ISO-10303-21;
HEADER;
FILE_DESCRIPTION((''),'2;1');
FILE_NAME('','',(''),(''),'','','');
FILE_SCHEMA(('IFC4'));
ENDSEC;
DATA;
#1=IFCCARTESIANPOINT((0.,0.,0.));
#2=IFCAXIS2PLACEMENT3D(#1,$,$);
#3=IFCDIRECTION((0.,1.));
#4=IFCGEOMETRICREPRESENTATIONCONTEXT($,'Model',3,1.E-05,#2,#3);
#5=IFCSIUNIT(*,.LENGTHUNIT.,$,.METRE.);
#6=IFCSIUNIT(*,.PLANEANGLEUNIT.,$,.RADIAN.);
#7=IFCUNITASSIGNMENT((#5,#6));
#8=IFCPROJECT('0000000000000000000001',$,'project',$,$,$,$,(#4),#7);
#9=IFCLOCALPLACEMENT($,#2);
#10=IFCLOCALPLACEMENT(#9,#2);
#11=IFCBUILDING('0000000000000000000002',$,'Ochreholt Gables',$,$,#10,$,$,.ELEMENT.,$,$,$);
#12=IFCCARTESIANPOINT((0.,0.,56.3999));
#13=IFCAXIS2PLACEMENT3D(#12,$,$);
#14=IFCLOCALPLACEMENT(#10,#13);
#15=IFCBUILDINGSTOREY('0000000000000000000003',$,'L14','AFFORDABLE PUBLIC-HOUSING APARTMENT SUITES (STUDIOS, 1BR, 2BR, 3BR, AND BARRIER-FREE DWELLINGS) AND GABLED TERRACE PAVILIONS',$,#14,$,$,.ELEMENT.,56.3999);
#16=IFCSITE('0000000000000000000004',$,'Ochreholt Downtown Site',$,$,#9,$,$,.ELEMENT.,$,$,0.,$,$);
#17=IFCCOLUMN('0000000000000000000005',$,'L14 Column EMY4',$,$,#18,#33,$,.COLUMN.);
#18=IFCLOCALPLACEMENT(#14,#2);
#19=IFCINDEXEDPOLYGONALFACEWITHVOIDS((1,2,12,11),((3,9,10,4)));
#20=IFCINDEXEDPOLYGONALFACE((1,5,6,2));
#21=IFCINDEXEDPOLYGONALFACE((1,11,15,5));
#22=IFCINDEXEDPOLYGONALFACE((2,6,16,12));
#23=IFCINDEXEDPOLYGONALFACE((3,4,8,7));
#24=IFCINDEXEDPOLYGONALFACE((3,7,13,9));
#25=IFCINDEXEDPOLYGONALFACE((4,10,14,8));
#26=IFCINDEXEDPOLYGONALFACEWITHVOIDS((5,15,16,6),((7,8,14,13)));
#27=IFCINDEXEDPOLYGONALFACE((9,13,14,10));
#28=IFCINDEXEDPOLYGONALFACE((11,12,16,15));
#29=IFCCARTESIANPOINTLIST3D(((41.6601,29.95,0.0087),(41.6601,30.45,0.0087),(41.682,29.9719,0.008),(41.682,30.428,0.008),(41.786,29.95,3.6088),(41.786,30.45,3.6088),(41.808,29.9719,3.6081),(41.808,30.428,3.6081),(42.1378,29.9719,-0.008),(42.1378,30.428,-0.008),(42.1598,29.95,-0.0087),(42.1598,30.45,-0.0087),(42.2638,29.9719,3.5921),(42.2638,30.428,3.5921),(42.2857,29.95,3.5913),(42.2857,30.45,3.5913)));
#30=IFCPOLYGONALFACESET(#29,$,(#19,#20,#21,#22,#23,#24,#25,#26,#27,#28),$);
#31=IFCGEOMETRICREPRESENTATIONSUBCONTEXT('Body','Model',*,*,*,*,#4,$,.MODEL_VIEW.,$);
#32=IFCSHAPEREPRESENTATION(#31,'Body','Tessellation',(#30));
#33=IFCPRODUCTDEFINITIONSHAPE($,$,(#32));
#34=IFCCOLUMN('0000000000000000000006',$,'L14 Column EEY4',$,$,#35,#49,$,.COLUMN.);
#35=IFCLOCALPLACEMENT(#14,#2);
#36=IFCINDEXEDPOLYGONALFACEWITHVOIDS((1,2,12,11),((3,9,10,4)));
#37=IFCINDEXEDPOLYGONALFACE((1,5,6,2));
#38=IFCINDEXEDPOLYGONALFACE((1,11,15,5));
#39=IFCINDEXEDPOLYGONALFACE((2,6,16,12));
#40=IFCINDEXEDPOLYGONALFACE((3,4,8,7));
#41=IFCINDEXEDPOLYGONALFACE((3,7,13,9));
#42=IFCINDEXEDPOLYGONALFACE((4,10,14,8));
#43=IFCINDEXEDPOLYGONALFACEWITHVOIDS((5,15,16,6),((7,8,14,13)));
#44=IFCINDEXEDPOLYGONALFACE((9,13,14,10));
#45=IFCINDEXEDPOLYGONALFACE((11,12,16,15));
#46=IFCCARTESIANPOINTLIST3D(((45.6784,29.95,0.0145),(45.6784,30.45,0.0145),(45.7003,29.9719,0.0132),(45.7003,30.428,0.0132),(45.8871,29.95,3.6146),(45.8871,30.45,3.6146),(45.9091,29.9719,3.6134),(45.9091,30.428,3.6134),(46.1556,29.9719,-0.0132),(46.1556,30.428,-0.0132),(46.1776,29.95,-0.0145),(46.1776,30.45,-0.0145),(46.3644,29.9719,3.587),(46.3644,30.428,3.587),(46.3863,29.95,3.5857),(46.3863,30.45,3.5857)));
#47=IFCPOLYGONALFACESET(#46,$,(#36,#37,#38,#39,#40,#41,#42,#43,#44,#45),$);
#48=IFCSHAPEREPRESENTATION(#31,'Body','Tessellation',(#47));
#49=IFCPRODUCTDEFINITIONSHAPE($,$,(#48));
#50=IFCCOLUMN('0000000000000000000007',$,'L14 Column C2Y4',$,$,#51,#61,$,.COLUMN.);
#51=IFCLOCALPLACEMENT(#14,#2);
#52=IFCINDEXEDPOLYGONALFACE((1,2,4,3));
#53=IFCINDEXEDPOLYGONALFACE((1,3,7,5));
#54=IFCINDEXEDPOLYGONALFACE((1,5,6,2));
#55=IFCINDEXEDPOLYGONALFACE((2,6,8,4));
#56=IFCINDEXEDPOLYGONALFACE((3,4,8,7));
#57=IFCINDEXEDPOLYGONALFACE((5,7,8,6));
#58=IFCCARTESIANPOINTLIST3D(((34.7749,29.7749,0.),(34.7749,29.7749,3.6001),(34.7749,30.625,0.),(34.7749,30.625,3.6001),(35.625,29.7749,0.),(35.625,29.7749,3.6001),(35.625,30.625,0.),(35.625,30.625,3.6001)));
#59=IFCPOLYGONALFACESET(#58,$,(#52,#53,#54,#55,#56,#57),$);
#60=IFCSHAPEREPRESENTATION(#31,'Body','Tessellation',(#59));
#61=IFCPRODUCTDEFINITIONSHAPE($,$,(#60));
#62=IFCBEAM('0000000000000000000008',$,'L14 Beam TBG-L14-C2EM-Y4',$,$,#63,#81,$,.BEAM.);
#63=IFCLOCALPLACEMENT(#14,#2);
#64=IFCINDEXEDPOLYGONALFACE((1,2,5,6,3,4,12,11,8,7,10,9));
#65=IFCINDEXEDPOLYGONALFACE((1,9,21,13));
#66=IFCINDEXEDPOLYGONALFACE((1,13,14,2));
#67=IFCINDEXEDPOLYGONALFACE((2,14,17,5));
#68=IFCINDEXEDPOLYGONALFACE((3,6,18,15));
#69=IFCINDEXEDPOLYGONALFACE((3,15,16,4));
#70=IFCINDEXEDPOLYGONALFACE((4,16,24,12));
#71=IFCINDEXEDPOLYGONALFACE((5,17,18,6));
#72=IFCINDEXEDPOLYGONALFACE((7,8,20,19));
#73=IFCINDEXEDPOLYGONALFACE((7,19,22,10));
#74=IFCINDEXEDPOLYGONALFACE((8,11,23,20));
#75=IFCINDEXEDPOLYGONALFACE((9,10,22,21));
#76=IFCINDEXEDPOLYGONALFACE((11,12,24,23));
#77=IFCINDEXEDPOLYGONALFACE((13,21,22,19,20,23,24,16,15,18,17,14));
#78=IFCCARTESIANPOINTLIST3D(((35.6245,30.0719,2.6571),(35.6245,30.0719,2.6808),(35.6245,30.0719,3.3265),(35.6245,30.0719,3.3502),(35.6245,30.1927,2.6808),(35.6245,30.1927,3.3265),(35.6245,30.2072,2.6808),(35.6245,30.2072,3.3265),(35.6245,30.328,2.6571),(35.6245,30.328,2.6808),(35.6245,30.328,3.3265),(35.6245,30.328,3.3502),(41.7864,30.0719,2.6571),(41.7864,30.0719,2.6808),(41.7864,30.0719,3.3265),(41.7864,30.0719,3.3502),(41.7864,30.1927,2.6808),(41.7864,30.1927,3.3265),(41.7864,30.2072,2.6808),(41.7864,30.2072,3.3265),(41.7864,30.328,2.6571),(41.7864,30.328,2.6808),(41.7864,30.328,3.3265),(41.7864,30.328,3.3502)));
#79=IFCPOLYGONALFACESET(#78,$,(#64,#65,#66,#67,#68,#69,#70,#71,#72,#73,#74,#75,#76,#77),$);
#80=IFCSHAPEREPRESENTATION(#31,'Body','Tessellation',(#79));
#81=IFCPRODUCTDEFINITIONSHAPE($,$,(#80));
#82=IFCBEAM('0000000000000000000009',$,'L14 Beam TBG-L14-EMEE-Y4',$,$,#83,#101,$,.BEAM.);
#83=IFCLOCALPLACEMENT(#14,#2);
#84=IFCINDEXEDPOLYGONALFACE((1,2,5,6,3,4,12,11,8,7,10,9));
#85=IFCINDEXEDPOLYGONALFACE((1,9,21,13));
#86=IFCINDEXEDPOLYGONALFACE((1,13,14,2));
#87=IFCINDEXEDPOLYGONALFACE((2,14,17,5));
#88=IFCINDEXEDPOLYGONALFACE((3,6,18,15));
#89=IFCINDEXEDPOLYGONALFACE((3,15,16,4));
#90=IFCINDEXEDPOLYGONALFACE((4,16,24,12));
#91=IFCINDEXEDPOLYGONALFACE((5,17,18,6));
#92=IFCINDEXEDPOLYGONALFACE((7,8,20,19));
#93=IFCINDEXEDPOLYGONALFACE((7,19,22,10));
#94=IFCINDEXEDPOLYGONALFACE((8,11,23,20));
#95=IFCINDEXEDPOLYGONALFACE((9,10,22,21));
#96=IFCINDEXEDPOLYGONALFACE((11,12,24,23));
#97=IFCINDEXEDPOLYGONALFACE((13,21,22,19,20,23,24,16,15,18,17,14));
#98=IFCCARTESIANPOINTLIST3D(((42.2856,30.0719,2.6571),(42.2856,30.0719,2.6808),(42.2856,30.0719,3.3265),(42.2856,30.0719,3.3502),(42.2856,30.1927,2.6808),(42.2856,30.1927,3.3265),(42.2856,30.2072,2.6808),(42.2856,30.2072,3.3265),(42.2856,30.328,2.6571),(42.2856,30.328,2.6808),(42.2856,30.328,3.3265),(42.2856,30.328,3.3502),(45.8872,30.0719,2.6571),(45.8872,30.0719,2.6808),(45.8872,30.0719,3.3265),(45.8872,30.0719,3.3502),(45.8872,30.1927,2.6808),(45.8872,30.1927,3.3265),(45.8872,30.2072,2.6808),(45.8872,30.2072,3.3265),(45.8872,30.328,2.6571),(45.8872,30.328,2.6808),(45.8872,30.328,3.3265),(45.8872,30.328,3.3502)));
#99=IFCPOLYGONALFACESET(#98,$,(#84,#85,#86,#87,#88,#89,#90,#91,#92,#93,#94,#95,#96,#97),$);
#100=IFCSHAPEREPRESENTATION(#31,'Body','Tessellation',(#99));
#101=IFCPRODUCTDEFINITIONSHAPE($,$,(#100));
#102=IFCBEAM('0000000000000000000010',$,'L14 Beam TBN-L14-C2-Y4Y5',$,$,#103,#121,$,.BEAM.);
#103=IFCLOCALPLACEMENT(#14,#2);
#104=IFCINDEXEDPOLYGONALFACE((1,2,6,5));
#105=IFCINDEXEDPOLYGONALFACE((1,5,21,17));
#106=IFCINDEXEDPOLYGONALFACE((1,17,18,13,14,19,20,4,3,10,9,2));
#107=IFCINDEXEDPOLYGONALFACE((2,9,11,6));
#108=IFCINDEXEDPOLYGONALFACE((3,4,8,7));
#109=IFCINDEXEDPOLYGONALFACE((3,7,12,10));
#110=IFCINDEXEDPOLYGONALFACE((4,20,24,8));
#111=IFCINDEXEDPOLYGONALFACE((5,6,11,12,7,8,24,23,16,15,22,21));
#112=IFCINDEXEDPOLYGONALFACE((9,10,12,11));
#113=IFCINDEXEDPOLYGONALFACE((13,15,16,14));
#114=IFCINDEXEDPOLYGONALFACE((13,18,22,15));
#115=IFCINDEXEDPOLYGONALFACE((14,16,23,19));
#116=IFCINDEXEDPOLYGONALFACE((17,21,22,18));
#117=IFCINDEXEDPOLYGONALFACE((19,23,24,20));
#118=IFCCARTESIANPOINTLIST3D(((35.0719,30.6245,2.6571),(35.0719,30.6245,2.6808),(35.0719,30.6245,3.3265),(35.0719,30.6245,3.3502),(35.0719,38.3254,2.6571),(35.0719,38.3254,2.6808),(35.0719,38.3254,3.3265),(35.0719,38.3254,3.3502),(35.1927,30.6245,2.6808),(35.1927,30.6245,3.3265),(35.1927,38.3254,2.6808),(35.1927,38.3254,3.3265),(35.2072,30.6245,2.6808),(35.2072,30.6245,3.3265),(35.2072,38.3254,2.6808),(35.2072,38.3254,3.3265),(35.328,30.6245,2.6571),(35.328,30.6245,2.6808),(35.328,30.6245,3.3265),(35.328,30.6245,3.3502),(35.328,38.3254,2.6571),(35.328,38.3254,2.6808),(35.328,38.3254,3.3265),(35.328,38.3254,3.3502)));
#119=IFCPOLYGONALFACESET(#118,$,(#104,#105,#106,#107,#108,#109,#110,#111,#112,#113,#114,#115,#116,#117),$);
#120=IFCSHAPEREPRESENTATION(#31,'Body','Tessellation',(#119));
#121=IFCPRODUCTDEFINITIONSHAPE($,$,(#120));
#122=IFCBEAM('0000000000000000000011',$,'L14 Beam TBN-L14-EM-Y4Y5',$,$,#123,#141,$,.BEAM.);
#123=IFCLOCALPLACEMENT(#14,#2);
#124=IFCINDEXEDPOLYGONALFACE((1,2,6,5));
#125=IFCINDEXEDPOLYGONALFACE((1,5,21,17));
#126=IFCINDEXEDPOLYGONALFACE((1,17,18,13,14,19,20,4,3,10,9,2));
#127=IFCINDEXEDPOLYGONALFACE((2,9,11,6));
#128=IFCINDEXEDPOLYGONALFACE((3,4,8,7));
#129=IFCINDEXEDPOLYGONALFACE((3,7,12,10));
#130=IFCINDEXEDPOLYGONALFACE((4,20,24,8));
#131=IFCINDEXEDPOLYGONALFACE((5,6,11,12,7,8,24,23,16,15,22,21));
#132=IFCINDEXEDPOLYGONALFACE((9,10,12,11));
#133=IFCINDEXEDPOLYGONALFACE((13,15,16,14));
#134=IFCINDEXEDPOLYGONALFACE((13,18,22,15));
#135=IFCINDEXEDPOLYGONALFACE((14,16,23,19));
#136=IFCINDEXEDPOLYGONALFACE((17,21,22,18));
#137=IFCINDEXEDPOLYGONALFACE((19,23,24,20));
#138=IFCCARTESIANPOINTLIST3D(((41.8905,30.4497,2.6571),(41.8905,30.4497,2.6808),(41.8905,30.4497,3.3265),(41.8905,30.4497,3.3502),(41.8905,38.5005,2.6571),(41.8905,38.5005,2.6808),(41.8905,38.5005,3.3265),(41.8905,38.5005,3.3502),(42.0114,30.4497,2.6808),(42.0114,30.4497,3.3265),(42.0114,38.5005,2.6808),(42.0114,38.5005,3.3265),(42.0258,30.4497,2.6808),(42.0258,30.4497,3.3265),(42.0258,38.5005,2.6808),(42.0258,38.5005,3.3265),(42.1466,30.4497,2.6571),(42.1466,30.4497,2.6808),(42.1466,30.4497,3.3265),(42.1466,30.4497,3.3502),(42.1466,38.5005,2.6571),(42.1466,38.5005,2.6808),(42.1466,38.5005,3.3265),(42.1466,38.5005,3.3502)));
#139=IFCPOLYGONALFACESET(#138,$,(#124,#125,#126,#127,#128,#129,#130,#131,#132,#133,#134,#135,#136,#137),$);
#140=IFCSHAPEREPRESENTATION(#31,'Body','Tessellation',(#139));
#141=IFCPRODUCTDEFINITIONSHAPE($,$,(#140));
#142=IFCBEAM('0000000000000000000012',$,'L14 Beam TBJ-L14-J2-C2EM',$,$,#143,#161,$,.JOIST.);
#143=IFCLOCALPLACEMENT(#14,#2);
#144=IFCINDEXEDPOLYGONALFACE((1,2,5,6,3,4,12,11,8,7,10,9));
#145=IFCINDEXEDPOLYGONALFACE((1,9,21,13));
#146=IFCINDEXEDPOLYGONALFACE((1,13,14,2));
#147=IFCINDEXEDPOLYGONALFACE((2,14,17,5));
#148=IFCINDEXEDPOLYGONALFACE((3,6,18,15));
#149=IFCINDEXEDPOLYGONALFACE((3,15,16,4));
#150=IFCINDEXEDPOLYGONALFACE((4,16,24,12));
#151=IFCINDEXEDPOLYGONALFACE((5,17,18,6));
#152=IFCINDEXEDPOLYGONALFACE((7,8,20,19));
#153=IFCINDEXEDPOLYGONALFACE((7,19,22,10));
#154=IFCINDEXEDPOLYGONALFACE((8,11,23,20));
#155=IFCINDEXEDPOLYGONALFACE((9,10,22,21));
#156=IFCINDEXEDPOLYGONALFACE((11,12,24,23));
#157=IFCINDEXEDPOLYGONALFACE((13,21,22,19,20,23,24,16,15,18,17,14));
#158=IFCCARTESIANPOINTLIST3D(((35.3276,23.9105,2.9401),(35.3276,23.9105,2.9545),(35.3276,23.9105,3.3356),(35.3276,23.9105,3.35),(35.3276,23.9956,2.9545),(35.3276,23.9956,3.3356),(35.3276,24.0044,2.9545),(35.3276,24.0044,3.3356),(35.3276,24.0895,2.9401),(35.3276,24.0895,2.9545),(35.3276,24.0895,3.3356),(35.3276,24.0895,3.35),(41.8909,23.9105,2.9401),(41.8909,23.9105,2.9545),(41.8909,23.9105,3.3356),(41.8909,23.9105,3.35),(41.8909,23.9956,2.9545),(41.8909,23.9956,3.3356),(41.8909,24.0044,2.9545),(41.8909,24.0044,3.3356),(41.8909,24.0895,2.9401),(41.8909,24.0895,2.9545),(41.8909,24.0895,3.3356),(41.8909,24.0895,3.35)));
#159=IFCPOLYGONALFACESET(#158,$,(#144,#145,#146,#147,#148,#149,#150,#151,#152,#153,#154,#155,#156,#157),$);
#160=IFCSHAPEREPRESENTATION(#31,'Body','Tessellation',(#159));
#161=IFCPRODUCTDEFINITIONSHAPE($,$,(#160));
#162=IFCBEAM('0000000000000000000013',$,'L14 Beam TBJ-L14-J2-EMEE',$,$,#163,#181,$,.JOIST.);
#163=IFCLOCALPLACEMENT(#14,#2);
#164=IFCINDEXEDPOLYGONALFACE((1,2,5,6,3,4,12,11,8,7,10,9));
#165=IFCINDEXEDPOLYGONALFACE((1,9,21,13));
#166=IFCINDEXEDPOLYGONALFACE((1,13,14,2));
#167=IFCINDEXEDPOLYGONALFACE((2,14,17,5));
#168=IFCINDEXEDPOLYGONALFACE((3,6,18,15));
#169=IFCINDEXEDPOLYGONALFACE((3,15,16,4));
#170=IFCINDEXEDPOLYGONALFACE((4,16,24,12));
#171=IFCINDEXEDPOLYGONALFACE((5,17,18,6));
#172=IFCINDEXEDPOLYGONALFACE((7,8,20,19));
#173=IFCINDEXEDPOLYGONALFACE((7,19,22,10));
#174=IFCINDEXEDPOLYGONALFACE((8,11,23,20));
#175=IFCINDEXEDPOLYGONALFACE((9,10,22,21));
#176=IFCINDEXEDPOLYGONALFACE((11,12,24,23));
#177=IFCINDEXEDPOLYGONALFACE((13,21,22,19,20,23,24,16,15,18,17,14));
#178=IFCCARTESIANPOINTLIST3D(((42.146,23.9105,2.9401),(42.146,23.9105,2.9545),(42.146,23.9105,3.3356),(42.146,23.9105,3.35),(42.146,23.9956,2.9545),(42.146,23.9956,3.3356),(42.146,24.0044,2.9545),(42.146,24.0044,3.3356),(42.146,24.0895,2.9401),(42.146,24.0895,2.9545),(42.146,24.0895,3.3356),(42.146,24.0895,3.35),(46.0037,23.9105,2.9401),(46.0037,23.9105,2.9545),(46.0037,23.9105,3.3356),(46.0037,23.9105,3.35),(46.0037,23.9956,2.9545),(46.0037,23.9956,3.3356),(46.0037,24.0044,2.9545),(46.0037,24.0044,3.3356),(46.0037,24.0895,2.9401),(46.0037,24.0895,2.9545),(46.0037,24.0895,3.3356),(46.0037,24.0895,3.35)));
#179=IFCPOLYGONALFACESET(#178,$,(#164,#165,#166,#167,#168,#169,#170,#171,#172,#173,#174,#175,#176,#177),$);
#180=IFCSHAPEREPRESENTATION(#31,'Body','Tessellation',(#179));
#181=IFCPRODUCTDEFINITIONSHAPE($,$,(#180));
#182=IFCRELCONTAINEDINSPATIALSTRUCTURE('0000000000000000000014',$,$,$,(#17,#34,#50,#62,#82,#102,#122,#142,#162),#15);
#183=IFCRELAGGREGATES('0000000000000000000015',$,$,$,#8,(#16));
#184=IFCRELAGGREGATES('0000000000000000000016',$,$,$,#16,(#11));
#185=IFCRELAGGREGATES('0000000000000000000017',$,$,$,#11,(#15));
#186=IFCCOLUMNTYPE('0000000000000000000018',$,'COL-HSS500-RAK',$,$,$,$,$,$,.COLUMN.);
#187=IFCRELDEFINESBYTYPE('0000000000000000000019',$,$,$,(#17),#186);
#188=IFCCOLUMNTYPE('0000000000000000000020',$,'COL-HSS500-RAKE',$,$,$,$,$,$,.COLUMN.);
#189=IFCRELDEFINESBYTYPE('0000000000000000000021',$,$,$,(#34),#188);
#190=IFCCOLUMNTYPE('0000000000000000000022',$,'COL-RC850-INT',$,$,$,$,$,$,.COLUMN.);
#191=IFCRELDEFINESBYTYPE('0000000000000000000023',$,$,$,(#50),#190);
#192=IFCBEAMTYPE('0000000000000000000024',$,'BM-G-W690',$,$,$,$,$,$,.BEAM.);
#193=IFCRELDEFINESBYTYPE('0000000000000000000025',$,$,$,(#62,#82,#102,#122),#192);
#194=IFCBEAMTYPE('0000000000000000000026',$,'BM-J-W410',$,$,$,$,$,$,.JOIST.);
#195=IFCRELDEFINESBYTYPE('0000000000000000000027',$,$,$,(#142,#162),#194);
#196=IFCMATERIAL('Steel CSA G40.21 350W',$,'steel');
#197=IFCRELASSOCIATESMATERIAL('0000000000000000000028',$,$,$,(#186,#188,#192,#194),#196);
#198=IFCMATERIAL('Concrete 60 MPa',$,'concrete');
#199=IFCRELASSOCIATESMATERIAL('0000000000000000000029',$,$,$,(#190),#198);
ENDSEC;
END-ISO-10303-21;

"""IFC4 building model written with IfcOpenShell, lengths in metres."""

from ifc_helpers import new_model, si_unit, direction, frame, origin, origin_2d, place, context, subcontext, project, spatial, rectangle, hollow_rectangle, i_section, extrude, material, material_profile, profile_set, type_object, element, save


model = new_model("IFC4")

# Units and contexts
model_context = context("Model", 3, precision=1e-05, world=origin(), true_north=direction((0.0, 1.0)))
body_context = subcontext(model_context, "Body", "Model", "MODEL_VIEW")
ifc_project = project(units=[si_unit("LENGTHUNIT", "METRE"), si_unit("PLANEANGLEUNIT", "RADIAN")], contexts=[model_context])

# Site, building, storey
site_placement = place(None, origin())
site = spatial("IfcSite", under=ifc_project, at=site_placement, Name="Ochreholt Downtown Site", CompositionType="ELEMENT", RefElevation=0.0)
building_placement = place(site_placement, origin())
building = spatial("IfcBuilding", under=site, at=building_placement, Name="Ochreholt Gables", CompositionType="ELEMENT")
storey_placement = place(building_placement, frame((0.0, 0.0, 56.3999)))
storey = spatial("IfcBuildingStorey", under=building, at=storey_placement, Name="L14", Description="AFFORDABLE PUBLIC-HOUSING APARTMENT SUITES (STUDIOS, 1BR, 2BR, 3BR, AND BARRIER-FREE DWELLINGS) AND GABLED TERRACE PAVILIONS", CompositionType="ELEMENT", Elevation=56.3999)

# Columns
ifc_material_1 = material(Name="Steel CSA G40.21 350W", Category="steel")
ifc_material_profile_1 = material_profile(ifc_material_1, hollow_rectangle(XDim=0.5, YDim=0.5, WallThickness=0.022, at=origin_2d()), Name="HSS500X500X22")
ifc_profile_set_1 = profile_set([ifc_material_profile_1], Name="Steel CSA G40.21 350W")
column_type_1 = type_object("IfcColumnType", Name="COL-HSS500-RAK", PredefinedType="COLUMN", material=ifc_profile_set_1)
column_1_placement = place(storey_placement, frame((41.9099, 30.2, 0.0), z_axis=(0.034971, 0.0, 0.999388), x_axis=(0.0, 1.0, 0.0)))
element("IfcColumn", 1, at=column_1_placement, inside=storey, type_object=column_type_1, Name="L14 Column EMY4", PredefinedType="COLUMN", context=body_context, shape_type="SweptSolid", body=[
    extrude(hollow_rectangle(XDim=0.5, YDim=0.5, WallThickness=0.022, at=origin_2d()), origin(), (0.0, 0.0, 1.0), 3.6023),
])
ifc_material_profile_2 = material_profile(ifc_material_1, hollow_rectangle(XDim=0.5, YDim=0.5, WallThickness=0.022, at=origin_2d()), Name="HSS500X500X22")
ifc_profile_set_2 = profile_set([ifc_material_profile_2], Name="Steel CSA G40.21 350W")
column_type_2 = type_object("IfcColumnType", Name="COL-HSS500-RAKE", PredefinedType="COLUMN", material=ifc_profile_set_2)
column_2_placement = place(storey_placement, frame((45.928, 30.2, 0.0), z_axis=(0.057885, 0.0, 0.998323), x_axis=(0.0, 1.0, 0.0)))
element("IfcColumn", 2, at=column_2_placement, inside=storey, type_object=column_type_2, Name="L14 Column EEY4", PredefinedType="COLUMN", context=body_context, shape_type="SweptSolid", body=[
    extrude(hollow_rectangle(XDim=0.5, YDim=0.5, WallThickness=0.022, at=origin_2d()), origin(), (0.0, 0.0, 1.0), 3.6062),
])
ifc_material_2 = material(Name="Concrete 60 MPa", Category="concrete")
ifc_material_profile_3 = material_profile(ifc_material_2, rectangle(XDim=0.8501, YDim=0.8501, at=origin_2d()), Name="RC850X850")
ifc_profile_set_3 = profile_set([ifc_material_profile_3], Name="Concrete 60 MPa")
column_type_3 = type_object("IfcColumnType", Name="COL-RC850-INT", PredefinedType="COLUMN", material=ifc_profile_set_3)
column_3_placement = place(storey_placement, frame((35.2, 30.2, 0.0), z_axis=(0.0, 0.0, 1.0), x_axis=(1.0, 0.0, 0.0)))
element("IfcColumn", 3, at=column_3_placement, inside=storey, type_object=column_type_3, Name="L14 Column C2Y4", PredefinedType="COLUMN", context=body_context, shape_type="SweptSolid", body=[
    extrude(rectangle(XDim=0.8501, YDim=0.8501, at=origin_2d()), origin(), (0.0, 0.0, 1.0), 3.6001),
])

# Beams
ifc_material_profile_4 = material_profile(ifc_material_1, i_section(OverallWidth=0.2561, OverallDepth=0.6931, WebThickness=0.0144, FlangeThickness=0.0237, at=origin_2d()), Name="W690X170")
ifc_profile_set_4 = profile_set([ifc_material_profile_4], Name="Steel CSA G40.21 350W")
beam_type_1 = type_object("IfcBeamType", Name="BM-G-W690", PredefinedType="BEAM", material=ifc_profile_set_4)
beam_1_placement = place(storey_placement, frame((35.6245, 30.2, 3.0037), z_axis=(1.0, 0.0, 0.0), x_axis=(0.0, 1.0, 0.0)))
element("IfcBeam", 4, at=beam_1_placement, inside=storey, type_object=beam_type_1, Name="L14 Beam TBG-L14-C2EM-Y4", PredefinedType="BEAM", context=body_context, shape_type="SweptSolid", body=[
    extrude(i_section(OverallWidth=0.2561, OverallDepth=0.6931, WebThickness=0.0144, FlangeThickness=0.0237, at=origin_2d()), origin(), (0.0, 0.0, 1.0), 6.1619),
])
beam_2_placement = place(storey_placement, frame((42.2856, 30.2, 3.0037), z_axis=(1.0, 0.0, 0.0), x_axis=(0.0, 1.0, 0.0)))
element("IfcBeam", 5, at=beam_2_placement, inside=storey, type_object=beam_type_1, Name="L14 Beam TBG-L14-EMEE-Y4", PredefinedType="BEAM", context=body_context, shape_type="SweptSolid", body=[
    extrude(i_section(OverallWidth=0.2561, OverallDepth=0.6931, WebThickness=0.0144, FlangeThickness=0.0237, at=origin_2d()), origin(), (0.0, 0.0, 1.0), 3.6016),
])
beam_3_placement = place(storey_placement, frame((35.2, 30.6245, 3.0037), z_axis=(0.0, 1.0, 0.0), x_axis=(-1.0, 0.0, 0.0)))
element("IfcBeam", 6, at=beam_3_placement, inside=storey, type_object=beam_type_1, Name="L14 Beam TBN-L14-C2-Y4Y5", PredefinedType="BEAM", context=body_context, shape_type="SweptSolid", body=[
    extrude(i_section(OverallWidth=0.2561, OverallDepth=0.6931, WebThickness=0.0144, FlangeThickness=0.0237, at=origin_2d()), origin(), (0.0, 0.0, 1.0), 7.7009),
])
beam_4_placement = place(storey_placement, frame((42.0186, 30.4497, 3.0037), z_axis=(0.0, 1.0, 0.0), x_axis=(-1.0, 0.0, 0.0)))
element("IfcBeam", 7, at=beam_4_placement, inside=storey, type_object=beam_type_1, Name="L14 Beam TBN-L14-EM-Y4Y5", PredefinedType="BEAM", context=body_context, shape_type="SweptSolid", body=[
    extrude(i_section(OverallWidth=0.2561, OverallDepth=0.6931, WebThickness=0.0144, FlangeThickness=0.0237, at=origin_2d()), origin(), (0.0, 0.0, 1.0), 8.0508),
])
ifc_material_profile_5 = material_profile(ifc_material_1, i_section(OverallWidth=0.179, OverallDepth=0.4099, WebThickness=0.0088, FlangeThickness=0.0144, at=origin_2d()), Name="W410X67")
ifc_profile_set_5 = profile_set([ifc_material_profile_5], Name="Steel CSA G40.21 350W")
beam_type_2 = type_object("IfcBeamType", Name="BM-J-W410", PredefinedType="JOIST", material=ifc_profile_set_5)
beam_5_placement = place(storey_placement, frame((35.3276, 24.0, 3.145), z_axis=(1.0, 0.0, 0.0), x_axis=(0.0, 1.0, 0.0)))
element("IfcBeam", 8, at=beam_5_placement, inside=storey, type_object=beam_type_2, Name="L14 Beam TBJ-L14-J2-C2EM", PredefinedType="JOIST", context=body_context, shape_type="SweptSolid", body=[
    extrude(i_section(OverallWidth=0.179, OverallDepth=0.4099, WebThickness=0.0088, FlangeThickness=0.0144, at=origin_2d()), origin(), (0.0, 0.0, 1.0), 6.5632),
])
beam_6_placement = place(storey_placement, frame((42.146, 24.0, 3.145), z_axis=(1.0, 0.0, 0.0), x_axis=(0.0, 1.0, 0.0)))
element("IfcBeam", 9, at=beam_6_placement, inside=storey, type_object=beam_type_2, Name="L14 Beam TBJ-L14-J2-EMEE", PredefinedType="JOIST", context=body_context, shape_type="SweptSolid", body=[
    extrude(i_section(OverallWidth=0.179, OverallDepth=0.4099, WebThickness=0.0088, FlangeThickness=0.0144, at=origin_2d()), origin(), (0.0, 0.0, 1.0), 3.8577),
])

save(model, "model.ifc")
